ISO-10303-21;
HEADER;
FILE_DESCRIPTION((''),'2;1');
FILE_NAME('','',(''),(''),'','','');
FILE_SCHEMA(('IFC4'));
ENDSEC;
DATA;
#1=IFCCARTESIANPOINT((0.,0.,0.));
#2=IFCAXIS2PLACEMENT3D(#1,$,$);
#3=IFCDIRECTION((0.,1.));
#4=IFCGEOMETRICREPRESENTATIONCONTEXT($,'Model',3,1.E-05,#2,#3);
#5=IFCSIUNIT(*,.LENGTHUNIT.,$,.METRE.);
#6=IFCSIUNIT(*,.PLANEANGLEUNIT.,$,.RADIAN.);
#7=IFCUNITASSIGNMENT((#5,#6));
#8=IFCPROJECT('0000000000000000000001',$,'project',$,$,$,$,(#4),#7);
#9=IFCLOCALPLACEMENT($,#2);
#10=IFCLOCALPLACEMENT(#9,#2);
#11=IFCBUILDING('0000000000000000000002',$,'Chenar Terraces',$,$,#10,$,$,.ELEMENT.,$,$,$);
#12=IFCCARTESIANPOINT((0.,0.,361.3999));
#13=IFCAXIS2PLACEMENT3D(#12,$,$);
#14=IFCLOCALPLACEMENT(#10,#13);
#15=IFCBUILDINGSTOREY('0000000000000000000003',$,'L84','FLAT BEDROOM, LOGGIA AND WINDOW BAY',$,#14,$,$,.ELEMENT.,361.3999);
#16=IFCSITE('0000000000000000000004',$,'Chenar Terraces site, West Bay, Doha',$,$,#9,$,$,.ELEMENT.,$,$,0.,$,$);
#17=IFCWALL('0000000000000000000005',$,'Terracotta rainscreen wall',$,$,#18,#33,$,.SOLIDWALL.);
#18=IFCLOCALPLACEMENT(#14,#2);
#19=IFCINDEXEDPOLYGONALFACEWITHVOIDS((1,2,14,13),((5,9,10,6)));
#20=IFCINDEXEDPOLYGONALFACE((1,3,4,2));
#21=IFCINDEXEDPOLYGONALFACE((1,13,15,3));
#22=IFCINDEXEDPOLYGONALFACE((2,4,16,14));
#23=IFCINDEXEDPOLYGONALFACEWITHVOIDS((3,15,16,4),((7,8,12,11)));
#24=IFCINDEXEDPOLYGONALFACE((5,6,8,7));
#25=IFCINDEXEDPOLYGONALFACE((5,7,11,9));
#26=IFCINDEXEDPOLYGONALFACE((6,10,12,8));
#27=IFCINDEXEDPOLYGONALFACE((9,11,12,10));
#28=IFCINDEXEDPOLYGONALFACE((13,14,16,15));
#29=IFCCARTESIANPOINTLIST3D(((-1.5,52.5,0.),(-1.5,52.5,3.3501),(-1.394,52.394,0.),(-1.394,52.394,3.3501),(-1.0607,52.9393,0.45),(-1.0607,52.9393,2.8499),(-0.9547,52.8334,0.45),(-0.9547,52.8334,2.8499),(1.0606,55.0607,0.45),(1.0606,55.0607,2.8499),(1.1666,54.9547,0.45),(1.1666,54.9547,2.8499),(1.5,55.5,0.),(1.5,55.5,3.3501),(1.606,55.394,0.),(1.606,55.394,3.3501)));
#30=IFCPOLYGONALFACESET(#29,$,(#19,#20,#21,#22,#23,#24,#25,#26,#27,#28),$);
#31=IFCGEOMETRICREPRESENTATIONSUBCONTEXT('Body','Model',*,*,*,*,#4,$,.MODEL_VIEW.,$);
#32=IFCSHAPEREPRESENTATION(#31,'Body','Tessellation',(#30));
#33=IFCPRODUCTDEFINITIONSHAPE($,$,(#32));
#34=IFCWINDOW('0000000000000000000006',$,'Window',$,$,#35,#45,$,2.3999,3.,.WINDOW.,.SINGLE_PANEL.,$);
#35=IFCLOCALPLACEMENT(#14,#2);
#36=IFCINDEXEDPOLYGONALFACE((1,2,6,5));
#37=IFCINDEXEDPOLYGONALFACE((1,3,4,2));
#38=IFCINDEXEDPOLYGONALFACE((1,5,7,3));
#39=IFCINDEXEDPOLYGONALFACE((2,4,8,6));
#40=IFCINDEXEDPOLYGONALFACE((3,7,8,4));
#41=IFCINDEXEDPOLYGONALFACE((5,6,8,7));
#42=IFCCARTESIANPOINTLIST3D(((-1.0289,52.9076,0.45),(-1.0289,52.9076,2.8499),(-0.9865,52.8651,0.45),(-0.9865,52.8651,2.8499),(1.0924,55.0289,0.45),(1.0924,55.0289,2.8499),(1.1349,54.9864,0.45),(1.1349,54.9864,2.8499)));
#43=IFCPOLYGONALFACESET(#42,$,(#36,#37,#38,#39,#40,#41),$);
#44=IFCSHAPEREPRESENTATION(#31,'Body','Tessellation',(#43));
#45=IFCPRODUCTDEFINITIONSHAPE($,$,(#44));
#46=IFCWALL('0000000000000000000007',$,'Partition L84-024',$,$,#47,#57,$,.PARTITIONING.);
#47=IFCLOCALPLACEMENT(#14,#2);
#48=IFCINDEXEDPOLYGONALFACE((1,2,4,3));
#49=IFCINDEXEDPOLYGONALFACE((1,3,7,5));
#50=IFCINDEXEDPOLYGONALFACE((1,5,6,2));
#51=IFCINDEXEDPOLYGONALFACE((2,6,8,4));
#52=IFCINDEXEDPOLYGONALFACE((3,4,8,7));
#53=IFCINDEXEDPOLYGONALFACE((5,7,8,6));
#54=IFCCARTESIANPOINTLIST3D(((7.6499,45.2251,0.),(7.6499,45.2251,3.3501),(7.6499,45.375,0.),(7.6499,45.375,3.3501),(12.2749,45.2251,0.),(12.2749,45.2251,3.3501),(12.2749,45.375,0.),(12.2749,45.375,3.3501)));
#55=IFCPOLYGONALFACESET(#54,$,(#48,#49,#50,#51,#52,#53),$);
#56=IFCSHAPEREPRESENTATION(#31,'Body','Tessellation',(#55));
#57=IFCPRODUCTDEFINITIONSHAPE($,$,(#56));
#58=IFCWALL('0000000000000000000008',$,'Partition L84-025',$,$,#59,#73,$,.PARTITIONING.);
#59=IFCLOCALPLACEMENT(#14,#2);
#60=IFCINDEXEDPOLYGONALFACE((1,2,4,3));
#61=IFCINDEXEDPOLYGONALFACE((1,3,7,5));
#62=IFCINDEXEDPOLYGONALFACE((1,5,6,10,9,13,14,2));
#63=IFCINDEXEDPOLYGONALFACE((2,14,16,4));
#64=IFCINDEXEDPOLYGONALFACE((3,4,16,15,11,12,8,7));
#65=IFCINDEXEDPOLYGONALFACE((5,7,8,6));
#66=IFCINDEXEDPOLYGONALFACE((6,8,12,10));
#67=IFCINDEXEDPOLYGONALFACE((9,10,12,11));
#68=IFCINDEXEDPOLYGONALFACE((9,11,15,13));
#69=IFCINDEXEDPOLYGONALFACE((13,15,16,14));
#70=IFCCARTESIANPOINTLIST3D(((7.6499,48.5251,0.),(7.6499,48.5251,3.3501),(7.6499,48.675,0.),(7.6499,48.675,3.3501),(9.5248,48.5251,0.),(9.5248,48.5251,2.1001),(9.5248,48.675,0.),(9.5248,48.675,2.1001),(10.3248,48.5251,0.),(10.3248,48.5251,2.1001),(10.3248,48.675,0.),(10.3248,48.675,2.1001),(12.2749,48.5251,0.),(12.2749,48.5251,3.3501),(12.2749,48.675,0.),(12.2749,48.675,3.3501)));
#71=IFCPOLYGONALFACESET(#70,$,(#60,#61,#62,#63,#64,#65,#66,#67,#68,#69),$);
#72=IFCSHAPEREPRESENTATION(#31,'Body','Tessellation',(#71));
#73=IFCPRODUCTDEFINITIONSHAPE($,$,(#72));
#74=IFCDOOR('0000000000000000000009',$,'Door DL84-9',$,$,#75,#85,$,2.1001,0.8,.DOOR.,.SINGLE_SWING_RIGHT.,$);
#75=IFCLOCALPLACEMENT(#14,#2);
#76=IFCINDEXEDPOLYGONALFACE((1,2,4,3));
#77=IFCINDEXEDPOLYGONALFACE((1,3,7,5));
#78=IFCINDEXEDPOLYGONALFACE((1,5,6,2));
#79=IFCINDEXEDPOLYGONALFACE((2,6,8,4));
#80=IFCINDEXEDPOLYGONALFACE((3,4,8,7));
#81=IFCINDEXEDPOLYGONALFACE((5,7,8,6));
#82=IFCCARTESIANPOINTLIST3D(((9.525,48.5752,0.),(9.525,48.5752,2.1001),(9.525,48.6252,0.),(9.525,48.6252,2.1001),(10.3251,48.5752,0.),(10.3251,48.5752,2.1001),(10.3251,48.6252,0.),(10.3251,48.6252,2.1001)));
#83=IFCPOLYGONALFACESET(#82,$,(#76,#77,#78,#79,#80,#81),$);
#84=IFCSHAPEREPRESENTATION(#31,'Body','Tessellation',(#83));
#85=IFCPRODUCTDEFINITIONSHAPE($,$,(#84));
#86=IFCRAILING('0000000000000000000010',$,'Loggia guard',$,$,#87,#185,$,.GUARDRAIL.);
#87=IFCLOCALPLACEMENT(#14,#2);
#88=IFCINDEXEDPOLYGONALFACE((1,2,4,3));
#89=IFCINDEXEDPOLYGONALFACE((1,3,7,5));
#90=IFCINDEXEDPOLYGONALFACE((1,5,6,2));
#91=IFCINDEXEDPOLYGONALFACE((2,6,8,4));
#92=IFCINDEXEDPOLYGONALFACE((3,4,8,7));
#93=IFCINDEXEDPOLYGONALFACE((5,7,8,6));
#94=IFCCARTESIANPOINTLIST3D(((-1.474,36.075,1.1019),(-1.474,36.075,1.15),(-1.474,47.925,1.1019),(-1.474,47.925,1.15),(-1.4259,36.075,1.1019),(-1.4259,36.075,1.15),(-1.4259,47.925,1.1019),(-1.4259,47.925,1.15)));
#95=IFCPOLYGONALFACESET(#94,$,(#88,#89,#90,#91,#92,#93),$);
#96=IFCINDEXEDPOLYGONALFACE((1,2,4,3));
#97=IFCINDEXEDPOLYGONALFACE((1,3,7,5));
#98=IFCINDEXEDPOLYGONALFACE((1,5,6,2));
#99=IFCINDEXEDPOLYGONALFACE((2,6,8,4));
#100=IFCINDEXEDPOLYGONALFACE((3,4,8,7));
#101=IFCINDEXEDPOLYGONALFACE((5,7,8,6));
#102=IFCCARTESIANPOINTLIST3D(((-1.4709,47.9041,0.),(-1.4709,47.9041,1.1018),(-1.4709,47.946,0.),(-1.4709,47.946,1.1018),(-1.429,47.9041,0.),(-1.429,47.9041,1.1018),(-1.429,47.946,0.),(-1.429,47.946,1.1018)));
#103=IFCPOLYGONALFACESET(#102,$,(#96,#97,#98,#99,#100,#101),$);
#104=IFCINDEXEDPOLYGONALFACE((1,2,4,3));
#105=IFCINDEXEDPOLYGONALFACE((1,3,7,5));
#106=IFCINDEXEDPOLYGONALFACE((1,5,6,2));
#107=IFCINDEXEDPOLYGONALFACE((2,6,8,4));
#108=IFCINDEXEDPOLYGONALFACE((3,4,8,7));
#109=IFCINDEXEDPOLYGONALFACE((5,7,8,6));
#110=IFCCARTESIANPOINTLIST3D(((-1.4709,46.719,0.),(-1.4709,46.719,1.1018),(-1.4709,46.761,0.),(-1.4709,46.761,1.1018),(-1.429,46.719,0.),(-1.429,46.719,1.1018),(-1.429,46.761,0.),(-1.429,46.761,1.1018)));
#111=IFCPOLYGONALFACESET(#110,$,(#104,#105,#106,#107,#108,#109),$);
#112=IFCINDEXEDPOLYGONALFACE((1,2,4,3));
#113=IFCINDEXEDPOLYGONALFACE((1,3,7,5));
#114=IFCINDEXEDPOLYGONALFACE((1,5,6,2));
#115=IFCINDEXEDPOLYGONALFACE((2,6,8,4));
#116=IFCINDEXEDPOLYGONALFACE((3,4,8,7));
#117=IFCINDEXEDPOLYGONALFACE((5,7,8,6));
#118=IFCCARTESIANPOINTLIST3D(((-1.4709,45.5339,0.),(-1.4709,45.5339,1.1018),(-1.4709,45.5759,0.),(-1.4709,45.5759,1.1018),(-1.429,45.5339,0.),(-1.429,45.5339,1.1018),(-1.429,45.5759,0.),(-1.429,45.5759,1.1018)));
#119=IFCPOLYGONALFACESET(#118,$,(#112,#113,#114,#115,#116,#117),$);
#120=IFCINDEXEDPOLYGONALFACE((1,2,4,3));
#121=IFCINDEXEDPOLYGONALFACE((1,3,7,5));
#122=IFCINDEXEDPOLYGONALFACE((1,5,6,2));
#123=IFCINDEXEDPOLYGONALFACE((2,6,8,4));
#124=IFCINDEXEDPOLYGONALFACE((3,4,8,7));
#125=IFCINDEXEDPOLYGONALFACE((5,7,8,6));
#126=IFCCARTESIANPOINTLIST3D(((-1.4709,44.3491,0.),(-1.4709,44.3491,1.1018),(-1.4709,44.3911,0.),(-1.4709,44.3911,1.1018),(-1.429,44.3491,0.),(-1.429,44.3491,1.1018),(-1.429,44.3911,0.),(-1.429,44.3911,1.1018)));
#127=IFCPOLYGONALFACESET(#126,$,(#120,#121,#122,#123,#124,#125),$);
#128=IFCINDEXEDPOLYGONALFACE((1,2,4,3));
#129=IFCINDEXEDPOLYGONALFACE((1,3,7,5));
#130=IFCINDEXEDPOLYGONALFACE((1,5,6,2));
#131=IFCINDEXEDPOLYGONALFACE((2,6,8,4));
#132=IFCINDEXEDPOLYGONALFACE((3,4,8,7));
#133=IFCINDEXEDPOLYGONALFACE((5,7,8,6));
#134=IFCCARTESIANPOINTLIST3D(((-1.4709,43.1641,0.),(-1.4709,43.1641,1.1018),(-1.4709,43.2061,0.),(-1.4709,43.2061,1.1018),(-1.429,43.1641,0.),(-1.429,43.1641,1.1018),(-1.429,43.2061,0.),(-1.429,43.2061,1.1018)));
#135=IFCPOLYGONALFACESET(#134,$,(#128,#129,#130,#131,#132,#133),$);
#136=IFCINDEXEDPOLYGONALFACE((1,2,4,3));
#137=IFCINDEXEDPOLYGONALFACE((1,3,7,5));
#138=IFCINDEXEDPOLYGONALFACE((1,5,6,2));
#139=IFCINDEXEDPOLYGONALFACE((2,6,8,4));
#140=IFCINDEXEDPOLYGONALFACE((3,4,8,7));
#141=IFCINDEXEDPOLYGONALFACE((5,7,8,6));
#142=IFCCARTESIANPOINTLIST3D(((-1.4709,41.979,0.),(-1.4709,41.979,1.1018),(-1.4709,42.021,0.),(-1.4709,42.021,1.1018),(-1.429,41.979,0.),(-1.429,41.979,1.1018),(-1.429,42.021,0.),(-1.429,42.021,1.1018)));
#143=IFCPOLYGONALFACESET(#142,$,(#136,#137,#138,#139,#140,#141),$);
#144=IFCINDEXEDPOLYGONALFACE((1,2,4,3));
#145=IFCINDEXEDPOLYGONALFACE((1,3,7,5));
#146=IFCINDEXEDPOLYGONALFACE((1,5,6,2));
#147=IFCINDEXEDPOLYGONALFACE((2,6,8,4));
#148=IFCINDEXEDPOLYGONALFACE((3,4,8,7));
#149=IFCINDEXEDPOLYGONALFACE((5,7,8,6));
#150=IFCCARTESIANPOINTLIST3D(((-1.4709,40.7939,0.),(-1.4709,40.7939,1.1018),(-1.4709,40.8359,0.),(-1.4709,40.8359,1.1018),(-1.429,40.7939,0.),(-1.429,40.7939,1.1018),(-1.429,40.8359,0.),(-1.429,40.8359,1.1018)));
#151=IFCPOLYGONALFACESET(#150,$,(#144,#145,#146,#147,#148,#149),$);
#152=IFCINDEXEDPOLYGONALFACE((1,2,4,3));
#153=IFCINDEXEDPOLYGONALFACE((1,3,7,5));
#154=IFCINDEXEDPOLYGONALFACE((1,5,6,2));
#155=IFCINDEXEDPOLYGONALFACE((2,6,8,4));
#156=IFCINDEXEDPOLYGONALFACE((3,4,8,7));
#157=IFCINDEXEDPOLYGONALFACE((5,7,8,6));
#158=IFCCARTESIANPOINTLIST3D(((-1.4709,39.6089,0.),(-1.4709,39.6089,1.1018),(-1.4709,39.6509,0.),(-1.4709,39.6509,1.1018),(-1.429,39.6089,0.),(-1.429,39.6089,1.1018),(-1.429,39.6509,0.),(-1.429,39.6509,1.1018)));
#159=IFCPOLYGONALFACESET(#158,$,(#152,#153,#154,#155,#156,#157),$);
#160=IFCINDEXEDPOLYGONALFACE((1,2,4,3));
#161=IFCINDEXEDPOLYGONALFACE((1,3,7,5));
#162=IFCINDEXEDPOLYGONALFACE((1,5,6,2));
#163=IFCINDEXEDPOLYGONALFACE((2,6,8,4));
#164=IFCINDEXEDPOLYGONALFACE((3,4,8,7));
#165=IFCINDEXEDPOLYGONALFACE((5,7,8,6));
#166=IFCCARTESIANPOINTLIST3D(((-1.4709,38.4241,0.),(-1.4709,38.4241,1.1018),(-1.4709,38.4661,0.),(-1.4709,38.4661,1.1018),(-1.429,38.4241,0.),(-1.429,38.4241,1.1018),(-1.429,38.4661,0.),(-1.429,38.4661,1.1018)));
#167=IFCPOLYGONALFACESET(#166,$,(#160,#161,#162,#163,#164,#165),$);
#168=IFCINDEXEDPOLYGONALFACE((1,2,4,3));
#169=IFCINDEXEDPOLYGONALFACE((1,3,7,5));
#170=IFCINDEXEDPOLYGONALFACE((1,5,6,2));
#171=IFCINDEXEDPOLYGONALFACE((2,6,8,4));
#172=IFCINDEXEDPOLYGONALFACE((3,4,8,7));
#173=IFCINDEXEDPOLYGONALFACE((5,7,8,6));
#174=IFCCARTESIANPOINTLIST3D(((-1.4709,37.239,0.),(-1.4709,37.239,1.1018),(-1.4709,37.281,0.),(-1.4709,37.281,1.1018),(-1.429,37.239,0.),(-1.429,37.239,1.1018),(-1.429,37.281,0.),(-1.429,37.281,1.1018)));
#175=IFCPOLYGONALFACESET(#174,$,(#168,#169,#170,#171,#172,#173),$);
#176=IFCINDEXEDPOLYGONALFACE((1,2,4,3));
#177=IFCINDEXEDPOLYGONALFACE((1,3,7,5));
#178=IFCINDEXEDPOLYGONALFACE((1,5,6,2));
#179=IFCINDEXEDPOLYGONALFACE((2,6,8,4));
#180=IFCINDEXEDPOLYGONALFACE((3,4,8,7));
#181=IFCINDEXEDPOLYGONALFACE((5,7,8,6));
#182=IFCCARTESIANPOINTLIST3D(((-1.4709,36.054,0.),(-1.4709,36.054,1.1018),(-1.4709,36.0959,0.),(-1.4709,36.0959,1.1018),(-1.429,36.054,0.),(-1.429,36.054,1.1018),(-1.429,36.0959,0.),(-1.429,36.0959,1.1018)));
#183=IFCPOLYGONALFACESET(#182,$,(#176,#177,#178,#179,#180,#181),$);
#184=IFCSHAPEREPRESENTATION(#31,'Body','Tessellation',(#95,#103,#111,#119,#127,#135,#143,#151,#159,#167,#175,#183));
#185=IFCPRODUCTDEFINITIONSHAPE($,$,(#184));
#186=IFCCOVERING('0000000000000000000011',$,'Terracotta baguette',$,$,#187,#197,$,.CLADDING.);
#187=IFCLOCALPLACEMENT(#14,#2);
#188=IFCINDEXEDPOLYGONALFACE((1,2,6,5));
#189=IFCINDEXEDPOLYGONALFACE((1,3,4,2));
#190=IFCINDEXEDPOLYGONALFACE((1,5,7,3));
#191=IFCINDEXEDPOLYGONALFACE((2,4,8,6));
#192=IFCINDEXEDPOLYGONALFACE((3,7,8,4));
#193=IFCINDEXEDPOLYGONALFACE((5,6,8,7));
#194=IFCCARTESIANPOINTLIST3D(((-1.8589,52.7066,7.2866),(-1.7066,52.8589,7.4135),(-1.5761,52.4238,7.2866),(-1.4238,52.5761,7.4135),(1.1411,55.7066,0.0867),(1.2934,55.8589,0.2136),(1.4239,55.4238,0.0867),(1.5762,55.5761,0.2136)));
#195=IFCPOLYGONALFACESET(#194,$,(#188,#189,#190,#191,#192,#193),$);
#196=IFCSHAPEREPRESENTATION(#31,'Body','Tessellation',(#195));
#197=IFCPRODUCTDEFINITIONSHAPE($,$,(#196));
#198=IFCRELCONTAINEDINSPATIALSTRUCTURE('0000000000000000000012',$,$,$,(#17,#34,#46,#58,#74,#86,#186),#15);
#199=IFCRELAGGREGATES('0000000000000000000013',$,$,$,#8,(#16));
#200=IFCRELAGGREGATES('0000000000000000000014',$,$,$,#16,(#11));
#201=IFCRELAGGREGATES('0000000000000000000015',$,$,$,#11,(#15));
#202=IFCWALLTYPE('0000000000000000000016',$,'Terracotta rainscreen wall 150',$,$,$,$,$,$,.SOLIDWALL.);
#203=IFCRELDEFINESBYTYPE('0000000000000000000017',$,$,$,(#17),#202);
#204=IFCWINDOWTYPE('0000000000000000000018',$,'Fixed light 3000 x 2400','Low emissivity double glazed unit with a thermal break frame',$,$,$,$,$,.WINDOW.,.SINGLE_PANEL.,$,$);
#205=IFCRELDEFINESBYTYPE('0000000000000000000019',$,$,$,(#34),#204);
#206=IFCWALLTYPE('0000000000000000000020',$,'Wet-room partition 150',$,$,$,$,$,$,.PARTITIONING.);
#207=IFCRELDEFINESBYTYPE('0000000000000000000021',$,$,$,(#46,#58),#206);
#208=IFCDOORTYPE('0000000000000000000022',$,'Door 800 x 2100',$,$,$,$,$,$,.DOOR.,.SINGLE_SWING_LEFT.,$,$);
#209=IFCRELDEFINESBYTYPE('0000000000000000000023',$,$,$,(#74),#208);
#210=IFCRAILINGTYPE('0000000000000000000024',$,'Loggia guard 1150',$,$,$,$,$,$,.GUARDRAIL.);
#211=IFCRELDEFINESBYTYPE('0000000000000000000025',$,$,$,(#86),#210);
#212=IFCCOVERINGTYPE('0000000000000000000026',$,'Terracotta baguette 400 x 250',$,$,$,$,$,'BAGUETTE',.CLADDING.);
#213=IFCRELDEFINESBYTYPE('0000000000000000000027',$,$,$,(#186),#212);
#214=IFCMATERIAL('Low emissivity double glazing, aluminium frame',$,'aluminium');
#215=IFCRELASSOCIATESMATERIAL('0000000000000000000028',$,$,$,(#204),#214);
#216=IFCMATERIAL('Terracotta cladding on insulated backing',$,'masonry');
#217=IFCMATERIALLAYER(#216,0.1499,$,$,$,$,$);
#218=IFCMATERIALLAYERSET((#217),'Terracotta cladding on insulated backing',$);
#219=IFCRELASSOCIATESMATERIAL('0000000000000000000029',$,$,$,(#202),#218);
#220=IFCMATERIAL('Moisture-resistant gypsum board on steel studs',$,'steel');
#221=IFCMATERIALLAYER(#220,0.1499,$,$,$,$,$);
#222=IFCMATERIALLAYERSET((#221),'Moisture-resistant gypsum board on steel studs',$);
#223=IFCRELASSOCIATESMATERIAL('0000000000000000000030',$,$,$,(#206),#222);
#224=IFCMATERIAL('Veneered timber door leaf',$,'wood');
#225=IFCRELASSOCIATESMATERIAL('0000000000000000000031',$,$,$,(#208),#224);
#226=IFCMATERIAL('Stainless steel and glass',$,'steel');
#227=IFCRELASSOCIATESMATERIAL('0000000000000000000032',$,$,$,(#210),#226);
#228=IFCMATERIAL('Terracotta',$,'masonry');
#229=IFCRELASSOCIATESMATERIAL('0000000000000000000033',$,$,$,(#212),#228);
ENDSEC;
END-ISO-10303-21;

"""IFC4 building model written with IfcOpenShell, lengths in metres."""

from ifc_helpers import new_model, si_unit, direction, frame, frame_2d, origin, origin_2d, place, context, subcontext, project, spatial, rectangle, extrude, material, layer, layer_set, material_profile, profile_set, type_object, element, fill, save


model = new_model("IFC4")

# Units and contexts
model_context = context("Model", 3, precision=1e-05, world=origin(), true_north=direction((0.0, 1.0)))
body_context = subcontext(model_context, "Body", "Model", "MODEL_VIEW")
ifc_project = project(units=[si_unit("LENGTHUNIT", "METRE"), si_unit("PLANEANGLEUNIT", "RADIAN")], contexts=[model_context])

# Site, building, storey
site_placement = place(None, origin())
site = spatial("IfcSite", under=ifc_project, at=site_placement, Name="Chenar Terraces site, West Bay, Doha", CompositionType="ELEMENT", RefElevation=0.0)
building_placement = place(site_placement, origin())
building = spatial("IfcBuilding", under=site, at=building_placement, Name="Chenar Terraces", CompositionType="ELEMENT")
storey_placement = place(building_placement, frame((0.0, 0.0, 361.3999)))
storey = spatial("IfcBuildingStorey", under=building, at=storey_placement, Name="L84", Description="FLAT BEDROOM, LOGGIA AND WINDOW BAY", CompositionType="ELEMENT", Elevation=361.3999)

# Shared definitions
ifc_material_1 = material(Name="Low emissivity double glazing, aluminium frame", Category="aluminium")
window_type_1 = type_object("IfcWindowType", Name="Fixed light 3000 x 2400", Description="Low emissivity double glazed unit with a thermal break frame", PartitioningType="SINGLE_PANEL", PredefinedType="WINDOW", material=ifc_material_1)

# Wall, opening, window
ifc_material_2 = material(Name="Terracotta cladding on insulated backing", Category="masonry")
ifc_layer_1 = layer(ifc_material_2, 0.1499)
ifc_layer_set_1 = layer_set([ifc_layer_1], Name="Terracotta cladding on insulated backing")
wall_type_1 = type_object("IfcWallType", Name="Terracotta rainscreen wall 150", PredefinedType="SOLIDWALL", material=ifc_layer_set_1)
wall_1_placement = place(storey_placement, frame((1.553, 55.447, 0.0), z_axis=(0.0, 0.0, 1.0), x_axis=(-0.707107, -0.707107, 0.0)))
wall_1 = element("IfcWall", 1, at=wall_1_placement, inside=storey, type_object=wall_type_1, Name="Terracotta rainscreen wall", PredefinedType="SOLIDWALL", context=body_context, shape_type="SweptSolid", body=[
    extrude(rectangle(XDim=4.2427, YDim=0.1499, at=frame_2d((2.1213, 0.0))), origin(), (0.0, 0.0, 1.0), 3.3501),
])
opening_1_placement = place(wall_1_placement, frame((0.6213, 0.0, 0.45)))
opening_1 = element("IfcOpeningElement", 2, at=opening_1_placement, cuts=wall_1, PredefinedType="OPENING", context=body_context, shape_type="SweptSolid", body=[
    extrude(rectangle(XDim=3.0, YDim=2.3999, at=frame_2d((1.5, 1.2))), frame((0.0, 0.085, 0.0), z_axis=(0.0, -1.0, 0.0), x_axis=(1.0, 0.0, 0.0)), (0.0, 0.0, 1.0), 0.1699),
])
window_1_placement = place(opening_1_placement, origin())
window_1 = element("IfcWindow", 3, at=window_1_placement, inside=storey, type_object=window_type_1, Name="Window", OverallHeight=2.3999, OverallWidth=3.0, PartitioningType="SINGLE_PANEL", PredefinedType="WINDOW", context=body_context, shape_type="SweptSolid", body=[
    extrude(rectangle(XDim=3.0, YDim=2.3999, at=frame_2d((1.5, 1.2))), frame((0.0, 0.03, 0.0), z_axis=(0.0, -1.0, 0.0), x_axis=(1.0, 0.0, 0.0)), (0.0, 0.0, 1.0), 0.0601),
])
fill(opening_1, window_1)

# Wall
ifc_material_3 = material(Name="Moisture-resistant gypsum board on steel studs", Category="steel")
ifc_layer_2 = layer(ifc_material_3, 0.1499)
ifc_layer_set_2 = layer_set([ifc_layer_2], Name="Moisture-resistant gypsum board on steel studs")
wall_type_2 = type_object("IfcWallType", Name="Wet-room partition 150", PredefinedType="PARTITIONING", material=ifc_layer_set_2)
wall_2_placement = place(storey_placement, frame((7.6499, 45.3, 0.0), z_axis=(0.0, 0.0, 1.0), x_axis=(1.0, 0.0, 0.0)))
element("IfcWall", 4, at=wall_2_placement, inside=storey, type_object=wall_type_2, Name="Partition L84-024", PredefinedType="PARTITIONING", context=body_context, shape_type="SweptSolid", body=[
    extrude(rectangle(XDim=4.625, YDim=0.1499, at=frame_2d((2.3125, 0.0))), origin(), (0.0, 0.0, 1.0), 3.3501),
])

# Wall, opening, door
wall_3_placement = place(storey_placement, frame((7.6499, 48.6001, 0.0), z_axis=(0.0, 0.0, 1.0), x_axis=(1.0, 0.0, 0.0)))
wall_3 = element("IfcWall", 5, at=wall_3_placement, inside=storey, type_object=wall_type_2, Name="Partition L84-025", PredefinedType="PARTITIONING", context=body_context, shape_type="SweptSolid", body=[
    extrude(rectangle(XDim=4.625, YDim=0.1499, at=frame_2d((2.3125, 0.0))), origin(), (0.0, 0.0, 1.0), 3.3501),
])
opening_2_placement = place(wall_3_placement, frame((1.875, 0.0, 0.0)))
opening_2 = element("IfcOpeningElement", 6, at=opening_2_placement, cuts=wall_3, PredefinedType="OPENING", context=body_context, shape_type="SweptSolid", body=[
    extrude(rectangle(XDim=0.8, YDim=2.1001, at=frame_2d((0.3999, 1.05))), frame((0.0, 0.085, 0.0), z_axis=(0.0, -1.0, 0.0), x_axis=(1.0, 0.0, 0.0)), (0.0, 0.0, 1.0), 0.1699),
])
ifc_material_4 = material(Name="Veneered timber door leaf", Category="wood")
door_type_1 = type_object("IfcDoorType", Name="Door 800 x 2100", OperationType="SINGLE_SWING_LEFT", PredefinedType="DOOR", material=ifc_material_4)
door_1_placement = place(opening_2_placement, frame((0.8, 0.0, 0.0), z_axis=(0.0, 0.0, 1.0), x_axis=(-1.0, 0.0, 0.0)))
door_1 = element("IfcDoor", 7, at=door_1_placement, inside=storey, type_object=door_type_1, Name="Door DL84-9", OperationType="SINGLE_SWING_RIGHT", OverallHeight=2.1001, OverallWidth=0.8, PredefinedType="DOOR", context=body_context, shape_type="SweptSolid", body=[
    extrude(rectangle(XDim=0.8, YDim=2.1001, at=frame_2d((0.3999, 1.05))), frame((0.0, 0.0249, 0.0), z_axis=(0.0, -1.0, 0.0), x_axis=(1.0, 0.0, 0.0)), (0.0, 0.0, 1.0), 0.05),
])
fill(opening_2, door_1)

# Railing
ifc_material_5 = material(Name="Stainless steel and glass", Category="steel")
railing_type = type_object("IfcRailingType", Name="Loggia guard 1150", PredefinedType="GUARDRAIL", material=ifc_material_5)
railing_placement = place(storey_placement, frame((-1.45, 47.925, 0.0)))
element("IfcRailing", 8, at=railing_placement, inside=storey, type_object=railing_type, Name="Loggia guard", PredefinedType="GUARDRAIL", context=body_context, shape_type="SweptSolid", body=[
    extrude(rectangle(XDim=0.0481, YDim=0.0481, at=origin_2d()), frame((0.0, 0.0, 1.126), z_axis=(0.0, -1.0, 0.0), x_axis=(1.0, 0.0, 0.0)), (0.0, 0.0, 1.0), 11.8501),
    extrude(rectangle(XDim=0.042, YDim=0.042, at=origin_2d()), origin(), (0.0, 0.0, 1.0), 1.1018),
    extrude(rectangle(XDim=0.042, YDim=0.042, at=origin_2d()), frame((0.0, -1.1851, 0.0)), (0.0, 0.0, 1.0), 1.1018),
    extrude(rectangle(XDim=0.042, YDim=0.042, at=origin_2d()), frame((0.0, -2.3701, 0.0)), (0.0, 0.0, 1.0), 1.1018),
    extrude(rectangle(XDim=0.042, YDim=0.042, at=origin_2d()), frame((0.0, -3.5549, 0.0)), (0.0, 0.0, 1.0), 1.1018),
    extrude(rectangle(XDim=0.042, YDim=0.042, at=origin_2d()), frame((0.0, -4.74, 0.0)), (0.0, 0.0, 1.0), 1.1018),
    extrude(rectangle(XDim=0.042, YDim=0.042, at=origin_2d()), frame((0.0, -5.925, 0.0)), (0.0, 0.0, 1.0), 1.1018),
    extrude(rectangle(XDim=0.042, YDim=0.042, at=origin_2d()), frame((0.0, -7.1101, 0.0)), (0.0, 0.0, 1.0), 1.1018),
    extrude(rectangle(XDim=0.042, YDim=0.042, at=origin_2d()), frame((0.0, -8.2952, 0.0)), (0.0, 0.0, 1.0), 1.1018),
    extrude(rectangle(XDim=0.042, YDim=0.042, at=origin_2d()), frame((0.0, -9.48, 0.0)), (0.0, 0.0, 1.0), 1.1018),
    extrude(rectangle(XDim=0.042, YDim=0.042, at=origin_2d()), frame((0.0, -10.665, 0.0)), (0.0, 0.0, 1.0), 1.1018),
    extrude(rectangle(XDim=0.042, YDim=0.042, at=origin_2d()), frame((0.0, -11.8501, 0.0)), (0.0, 0.0, 1.0), 1.1018),
])

# Covering
ifc_material_6 = material(Name="Terracotta", Category="masonry")
ifc_material_profile_1 = material_profile(ifc_material_6, rectangle(XDim=0.3999, YDim=0.25, at=origin_2d()), Name="Terracotta baguette 400 x 250")
ifc_profile_set_1 = profile_set([ifc_material_profile_1], Name="Terracotta")
covering_type = type_object("IfcCoveringType", Name="Terracotta baguette 400 x 250", ElementType="BAGUETTE", PredefinedType="CLADDING", material=ifc_profile_set_1)
covering_1_placement = place(storey_placement, frame((1.3586, 55.6414, 0.1501), z_axis=(-0.358981, -0.358981, 0.861548), x_axis=(0.707107, -0.707107, 0.0)))
element("IfcCovering", 9, at=covering_1_placement, inside=storey, type_object=covering_type, Name="Terracotta baguette", PredefinedType="CLADDING", context=body_context, shape_type="SweptSolid", body=[
    extrude(rectangle(XDim=0.3999, YDim=0.25, at=origin_2d()), origin(), (0.0, 0.0, 1.0), 8.3569),
])

save(model, "model.ifc")
